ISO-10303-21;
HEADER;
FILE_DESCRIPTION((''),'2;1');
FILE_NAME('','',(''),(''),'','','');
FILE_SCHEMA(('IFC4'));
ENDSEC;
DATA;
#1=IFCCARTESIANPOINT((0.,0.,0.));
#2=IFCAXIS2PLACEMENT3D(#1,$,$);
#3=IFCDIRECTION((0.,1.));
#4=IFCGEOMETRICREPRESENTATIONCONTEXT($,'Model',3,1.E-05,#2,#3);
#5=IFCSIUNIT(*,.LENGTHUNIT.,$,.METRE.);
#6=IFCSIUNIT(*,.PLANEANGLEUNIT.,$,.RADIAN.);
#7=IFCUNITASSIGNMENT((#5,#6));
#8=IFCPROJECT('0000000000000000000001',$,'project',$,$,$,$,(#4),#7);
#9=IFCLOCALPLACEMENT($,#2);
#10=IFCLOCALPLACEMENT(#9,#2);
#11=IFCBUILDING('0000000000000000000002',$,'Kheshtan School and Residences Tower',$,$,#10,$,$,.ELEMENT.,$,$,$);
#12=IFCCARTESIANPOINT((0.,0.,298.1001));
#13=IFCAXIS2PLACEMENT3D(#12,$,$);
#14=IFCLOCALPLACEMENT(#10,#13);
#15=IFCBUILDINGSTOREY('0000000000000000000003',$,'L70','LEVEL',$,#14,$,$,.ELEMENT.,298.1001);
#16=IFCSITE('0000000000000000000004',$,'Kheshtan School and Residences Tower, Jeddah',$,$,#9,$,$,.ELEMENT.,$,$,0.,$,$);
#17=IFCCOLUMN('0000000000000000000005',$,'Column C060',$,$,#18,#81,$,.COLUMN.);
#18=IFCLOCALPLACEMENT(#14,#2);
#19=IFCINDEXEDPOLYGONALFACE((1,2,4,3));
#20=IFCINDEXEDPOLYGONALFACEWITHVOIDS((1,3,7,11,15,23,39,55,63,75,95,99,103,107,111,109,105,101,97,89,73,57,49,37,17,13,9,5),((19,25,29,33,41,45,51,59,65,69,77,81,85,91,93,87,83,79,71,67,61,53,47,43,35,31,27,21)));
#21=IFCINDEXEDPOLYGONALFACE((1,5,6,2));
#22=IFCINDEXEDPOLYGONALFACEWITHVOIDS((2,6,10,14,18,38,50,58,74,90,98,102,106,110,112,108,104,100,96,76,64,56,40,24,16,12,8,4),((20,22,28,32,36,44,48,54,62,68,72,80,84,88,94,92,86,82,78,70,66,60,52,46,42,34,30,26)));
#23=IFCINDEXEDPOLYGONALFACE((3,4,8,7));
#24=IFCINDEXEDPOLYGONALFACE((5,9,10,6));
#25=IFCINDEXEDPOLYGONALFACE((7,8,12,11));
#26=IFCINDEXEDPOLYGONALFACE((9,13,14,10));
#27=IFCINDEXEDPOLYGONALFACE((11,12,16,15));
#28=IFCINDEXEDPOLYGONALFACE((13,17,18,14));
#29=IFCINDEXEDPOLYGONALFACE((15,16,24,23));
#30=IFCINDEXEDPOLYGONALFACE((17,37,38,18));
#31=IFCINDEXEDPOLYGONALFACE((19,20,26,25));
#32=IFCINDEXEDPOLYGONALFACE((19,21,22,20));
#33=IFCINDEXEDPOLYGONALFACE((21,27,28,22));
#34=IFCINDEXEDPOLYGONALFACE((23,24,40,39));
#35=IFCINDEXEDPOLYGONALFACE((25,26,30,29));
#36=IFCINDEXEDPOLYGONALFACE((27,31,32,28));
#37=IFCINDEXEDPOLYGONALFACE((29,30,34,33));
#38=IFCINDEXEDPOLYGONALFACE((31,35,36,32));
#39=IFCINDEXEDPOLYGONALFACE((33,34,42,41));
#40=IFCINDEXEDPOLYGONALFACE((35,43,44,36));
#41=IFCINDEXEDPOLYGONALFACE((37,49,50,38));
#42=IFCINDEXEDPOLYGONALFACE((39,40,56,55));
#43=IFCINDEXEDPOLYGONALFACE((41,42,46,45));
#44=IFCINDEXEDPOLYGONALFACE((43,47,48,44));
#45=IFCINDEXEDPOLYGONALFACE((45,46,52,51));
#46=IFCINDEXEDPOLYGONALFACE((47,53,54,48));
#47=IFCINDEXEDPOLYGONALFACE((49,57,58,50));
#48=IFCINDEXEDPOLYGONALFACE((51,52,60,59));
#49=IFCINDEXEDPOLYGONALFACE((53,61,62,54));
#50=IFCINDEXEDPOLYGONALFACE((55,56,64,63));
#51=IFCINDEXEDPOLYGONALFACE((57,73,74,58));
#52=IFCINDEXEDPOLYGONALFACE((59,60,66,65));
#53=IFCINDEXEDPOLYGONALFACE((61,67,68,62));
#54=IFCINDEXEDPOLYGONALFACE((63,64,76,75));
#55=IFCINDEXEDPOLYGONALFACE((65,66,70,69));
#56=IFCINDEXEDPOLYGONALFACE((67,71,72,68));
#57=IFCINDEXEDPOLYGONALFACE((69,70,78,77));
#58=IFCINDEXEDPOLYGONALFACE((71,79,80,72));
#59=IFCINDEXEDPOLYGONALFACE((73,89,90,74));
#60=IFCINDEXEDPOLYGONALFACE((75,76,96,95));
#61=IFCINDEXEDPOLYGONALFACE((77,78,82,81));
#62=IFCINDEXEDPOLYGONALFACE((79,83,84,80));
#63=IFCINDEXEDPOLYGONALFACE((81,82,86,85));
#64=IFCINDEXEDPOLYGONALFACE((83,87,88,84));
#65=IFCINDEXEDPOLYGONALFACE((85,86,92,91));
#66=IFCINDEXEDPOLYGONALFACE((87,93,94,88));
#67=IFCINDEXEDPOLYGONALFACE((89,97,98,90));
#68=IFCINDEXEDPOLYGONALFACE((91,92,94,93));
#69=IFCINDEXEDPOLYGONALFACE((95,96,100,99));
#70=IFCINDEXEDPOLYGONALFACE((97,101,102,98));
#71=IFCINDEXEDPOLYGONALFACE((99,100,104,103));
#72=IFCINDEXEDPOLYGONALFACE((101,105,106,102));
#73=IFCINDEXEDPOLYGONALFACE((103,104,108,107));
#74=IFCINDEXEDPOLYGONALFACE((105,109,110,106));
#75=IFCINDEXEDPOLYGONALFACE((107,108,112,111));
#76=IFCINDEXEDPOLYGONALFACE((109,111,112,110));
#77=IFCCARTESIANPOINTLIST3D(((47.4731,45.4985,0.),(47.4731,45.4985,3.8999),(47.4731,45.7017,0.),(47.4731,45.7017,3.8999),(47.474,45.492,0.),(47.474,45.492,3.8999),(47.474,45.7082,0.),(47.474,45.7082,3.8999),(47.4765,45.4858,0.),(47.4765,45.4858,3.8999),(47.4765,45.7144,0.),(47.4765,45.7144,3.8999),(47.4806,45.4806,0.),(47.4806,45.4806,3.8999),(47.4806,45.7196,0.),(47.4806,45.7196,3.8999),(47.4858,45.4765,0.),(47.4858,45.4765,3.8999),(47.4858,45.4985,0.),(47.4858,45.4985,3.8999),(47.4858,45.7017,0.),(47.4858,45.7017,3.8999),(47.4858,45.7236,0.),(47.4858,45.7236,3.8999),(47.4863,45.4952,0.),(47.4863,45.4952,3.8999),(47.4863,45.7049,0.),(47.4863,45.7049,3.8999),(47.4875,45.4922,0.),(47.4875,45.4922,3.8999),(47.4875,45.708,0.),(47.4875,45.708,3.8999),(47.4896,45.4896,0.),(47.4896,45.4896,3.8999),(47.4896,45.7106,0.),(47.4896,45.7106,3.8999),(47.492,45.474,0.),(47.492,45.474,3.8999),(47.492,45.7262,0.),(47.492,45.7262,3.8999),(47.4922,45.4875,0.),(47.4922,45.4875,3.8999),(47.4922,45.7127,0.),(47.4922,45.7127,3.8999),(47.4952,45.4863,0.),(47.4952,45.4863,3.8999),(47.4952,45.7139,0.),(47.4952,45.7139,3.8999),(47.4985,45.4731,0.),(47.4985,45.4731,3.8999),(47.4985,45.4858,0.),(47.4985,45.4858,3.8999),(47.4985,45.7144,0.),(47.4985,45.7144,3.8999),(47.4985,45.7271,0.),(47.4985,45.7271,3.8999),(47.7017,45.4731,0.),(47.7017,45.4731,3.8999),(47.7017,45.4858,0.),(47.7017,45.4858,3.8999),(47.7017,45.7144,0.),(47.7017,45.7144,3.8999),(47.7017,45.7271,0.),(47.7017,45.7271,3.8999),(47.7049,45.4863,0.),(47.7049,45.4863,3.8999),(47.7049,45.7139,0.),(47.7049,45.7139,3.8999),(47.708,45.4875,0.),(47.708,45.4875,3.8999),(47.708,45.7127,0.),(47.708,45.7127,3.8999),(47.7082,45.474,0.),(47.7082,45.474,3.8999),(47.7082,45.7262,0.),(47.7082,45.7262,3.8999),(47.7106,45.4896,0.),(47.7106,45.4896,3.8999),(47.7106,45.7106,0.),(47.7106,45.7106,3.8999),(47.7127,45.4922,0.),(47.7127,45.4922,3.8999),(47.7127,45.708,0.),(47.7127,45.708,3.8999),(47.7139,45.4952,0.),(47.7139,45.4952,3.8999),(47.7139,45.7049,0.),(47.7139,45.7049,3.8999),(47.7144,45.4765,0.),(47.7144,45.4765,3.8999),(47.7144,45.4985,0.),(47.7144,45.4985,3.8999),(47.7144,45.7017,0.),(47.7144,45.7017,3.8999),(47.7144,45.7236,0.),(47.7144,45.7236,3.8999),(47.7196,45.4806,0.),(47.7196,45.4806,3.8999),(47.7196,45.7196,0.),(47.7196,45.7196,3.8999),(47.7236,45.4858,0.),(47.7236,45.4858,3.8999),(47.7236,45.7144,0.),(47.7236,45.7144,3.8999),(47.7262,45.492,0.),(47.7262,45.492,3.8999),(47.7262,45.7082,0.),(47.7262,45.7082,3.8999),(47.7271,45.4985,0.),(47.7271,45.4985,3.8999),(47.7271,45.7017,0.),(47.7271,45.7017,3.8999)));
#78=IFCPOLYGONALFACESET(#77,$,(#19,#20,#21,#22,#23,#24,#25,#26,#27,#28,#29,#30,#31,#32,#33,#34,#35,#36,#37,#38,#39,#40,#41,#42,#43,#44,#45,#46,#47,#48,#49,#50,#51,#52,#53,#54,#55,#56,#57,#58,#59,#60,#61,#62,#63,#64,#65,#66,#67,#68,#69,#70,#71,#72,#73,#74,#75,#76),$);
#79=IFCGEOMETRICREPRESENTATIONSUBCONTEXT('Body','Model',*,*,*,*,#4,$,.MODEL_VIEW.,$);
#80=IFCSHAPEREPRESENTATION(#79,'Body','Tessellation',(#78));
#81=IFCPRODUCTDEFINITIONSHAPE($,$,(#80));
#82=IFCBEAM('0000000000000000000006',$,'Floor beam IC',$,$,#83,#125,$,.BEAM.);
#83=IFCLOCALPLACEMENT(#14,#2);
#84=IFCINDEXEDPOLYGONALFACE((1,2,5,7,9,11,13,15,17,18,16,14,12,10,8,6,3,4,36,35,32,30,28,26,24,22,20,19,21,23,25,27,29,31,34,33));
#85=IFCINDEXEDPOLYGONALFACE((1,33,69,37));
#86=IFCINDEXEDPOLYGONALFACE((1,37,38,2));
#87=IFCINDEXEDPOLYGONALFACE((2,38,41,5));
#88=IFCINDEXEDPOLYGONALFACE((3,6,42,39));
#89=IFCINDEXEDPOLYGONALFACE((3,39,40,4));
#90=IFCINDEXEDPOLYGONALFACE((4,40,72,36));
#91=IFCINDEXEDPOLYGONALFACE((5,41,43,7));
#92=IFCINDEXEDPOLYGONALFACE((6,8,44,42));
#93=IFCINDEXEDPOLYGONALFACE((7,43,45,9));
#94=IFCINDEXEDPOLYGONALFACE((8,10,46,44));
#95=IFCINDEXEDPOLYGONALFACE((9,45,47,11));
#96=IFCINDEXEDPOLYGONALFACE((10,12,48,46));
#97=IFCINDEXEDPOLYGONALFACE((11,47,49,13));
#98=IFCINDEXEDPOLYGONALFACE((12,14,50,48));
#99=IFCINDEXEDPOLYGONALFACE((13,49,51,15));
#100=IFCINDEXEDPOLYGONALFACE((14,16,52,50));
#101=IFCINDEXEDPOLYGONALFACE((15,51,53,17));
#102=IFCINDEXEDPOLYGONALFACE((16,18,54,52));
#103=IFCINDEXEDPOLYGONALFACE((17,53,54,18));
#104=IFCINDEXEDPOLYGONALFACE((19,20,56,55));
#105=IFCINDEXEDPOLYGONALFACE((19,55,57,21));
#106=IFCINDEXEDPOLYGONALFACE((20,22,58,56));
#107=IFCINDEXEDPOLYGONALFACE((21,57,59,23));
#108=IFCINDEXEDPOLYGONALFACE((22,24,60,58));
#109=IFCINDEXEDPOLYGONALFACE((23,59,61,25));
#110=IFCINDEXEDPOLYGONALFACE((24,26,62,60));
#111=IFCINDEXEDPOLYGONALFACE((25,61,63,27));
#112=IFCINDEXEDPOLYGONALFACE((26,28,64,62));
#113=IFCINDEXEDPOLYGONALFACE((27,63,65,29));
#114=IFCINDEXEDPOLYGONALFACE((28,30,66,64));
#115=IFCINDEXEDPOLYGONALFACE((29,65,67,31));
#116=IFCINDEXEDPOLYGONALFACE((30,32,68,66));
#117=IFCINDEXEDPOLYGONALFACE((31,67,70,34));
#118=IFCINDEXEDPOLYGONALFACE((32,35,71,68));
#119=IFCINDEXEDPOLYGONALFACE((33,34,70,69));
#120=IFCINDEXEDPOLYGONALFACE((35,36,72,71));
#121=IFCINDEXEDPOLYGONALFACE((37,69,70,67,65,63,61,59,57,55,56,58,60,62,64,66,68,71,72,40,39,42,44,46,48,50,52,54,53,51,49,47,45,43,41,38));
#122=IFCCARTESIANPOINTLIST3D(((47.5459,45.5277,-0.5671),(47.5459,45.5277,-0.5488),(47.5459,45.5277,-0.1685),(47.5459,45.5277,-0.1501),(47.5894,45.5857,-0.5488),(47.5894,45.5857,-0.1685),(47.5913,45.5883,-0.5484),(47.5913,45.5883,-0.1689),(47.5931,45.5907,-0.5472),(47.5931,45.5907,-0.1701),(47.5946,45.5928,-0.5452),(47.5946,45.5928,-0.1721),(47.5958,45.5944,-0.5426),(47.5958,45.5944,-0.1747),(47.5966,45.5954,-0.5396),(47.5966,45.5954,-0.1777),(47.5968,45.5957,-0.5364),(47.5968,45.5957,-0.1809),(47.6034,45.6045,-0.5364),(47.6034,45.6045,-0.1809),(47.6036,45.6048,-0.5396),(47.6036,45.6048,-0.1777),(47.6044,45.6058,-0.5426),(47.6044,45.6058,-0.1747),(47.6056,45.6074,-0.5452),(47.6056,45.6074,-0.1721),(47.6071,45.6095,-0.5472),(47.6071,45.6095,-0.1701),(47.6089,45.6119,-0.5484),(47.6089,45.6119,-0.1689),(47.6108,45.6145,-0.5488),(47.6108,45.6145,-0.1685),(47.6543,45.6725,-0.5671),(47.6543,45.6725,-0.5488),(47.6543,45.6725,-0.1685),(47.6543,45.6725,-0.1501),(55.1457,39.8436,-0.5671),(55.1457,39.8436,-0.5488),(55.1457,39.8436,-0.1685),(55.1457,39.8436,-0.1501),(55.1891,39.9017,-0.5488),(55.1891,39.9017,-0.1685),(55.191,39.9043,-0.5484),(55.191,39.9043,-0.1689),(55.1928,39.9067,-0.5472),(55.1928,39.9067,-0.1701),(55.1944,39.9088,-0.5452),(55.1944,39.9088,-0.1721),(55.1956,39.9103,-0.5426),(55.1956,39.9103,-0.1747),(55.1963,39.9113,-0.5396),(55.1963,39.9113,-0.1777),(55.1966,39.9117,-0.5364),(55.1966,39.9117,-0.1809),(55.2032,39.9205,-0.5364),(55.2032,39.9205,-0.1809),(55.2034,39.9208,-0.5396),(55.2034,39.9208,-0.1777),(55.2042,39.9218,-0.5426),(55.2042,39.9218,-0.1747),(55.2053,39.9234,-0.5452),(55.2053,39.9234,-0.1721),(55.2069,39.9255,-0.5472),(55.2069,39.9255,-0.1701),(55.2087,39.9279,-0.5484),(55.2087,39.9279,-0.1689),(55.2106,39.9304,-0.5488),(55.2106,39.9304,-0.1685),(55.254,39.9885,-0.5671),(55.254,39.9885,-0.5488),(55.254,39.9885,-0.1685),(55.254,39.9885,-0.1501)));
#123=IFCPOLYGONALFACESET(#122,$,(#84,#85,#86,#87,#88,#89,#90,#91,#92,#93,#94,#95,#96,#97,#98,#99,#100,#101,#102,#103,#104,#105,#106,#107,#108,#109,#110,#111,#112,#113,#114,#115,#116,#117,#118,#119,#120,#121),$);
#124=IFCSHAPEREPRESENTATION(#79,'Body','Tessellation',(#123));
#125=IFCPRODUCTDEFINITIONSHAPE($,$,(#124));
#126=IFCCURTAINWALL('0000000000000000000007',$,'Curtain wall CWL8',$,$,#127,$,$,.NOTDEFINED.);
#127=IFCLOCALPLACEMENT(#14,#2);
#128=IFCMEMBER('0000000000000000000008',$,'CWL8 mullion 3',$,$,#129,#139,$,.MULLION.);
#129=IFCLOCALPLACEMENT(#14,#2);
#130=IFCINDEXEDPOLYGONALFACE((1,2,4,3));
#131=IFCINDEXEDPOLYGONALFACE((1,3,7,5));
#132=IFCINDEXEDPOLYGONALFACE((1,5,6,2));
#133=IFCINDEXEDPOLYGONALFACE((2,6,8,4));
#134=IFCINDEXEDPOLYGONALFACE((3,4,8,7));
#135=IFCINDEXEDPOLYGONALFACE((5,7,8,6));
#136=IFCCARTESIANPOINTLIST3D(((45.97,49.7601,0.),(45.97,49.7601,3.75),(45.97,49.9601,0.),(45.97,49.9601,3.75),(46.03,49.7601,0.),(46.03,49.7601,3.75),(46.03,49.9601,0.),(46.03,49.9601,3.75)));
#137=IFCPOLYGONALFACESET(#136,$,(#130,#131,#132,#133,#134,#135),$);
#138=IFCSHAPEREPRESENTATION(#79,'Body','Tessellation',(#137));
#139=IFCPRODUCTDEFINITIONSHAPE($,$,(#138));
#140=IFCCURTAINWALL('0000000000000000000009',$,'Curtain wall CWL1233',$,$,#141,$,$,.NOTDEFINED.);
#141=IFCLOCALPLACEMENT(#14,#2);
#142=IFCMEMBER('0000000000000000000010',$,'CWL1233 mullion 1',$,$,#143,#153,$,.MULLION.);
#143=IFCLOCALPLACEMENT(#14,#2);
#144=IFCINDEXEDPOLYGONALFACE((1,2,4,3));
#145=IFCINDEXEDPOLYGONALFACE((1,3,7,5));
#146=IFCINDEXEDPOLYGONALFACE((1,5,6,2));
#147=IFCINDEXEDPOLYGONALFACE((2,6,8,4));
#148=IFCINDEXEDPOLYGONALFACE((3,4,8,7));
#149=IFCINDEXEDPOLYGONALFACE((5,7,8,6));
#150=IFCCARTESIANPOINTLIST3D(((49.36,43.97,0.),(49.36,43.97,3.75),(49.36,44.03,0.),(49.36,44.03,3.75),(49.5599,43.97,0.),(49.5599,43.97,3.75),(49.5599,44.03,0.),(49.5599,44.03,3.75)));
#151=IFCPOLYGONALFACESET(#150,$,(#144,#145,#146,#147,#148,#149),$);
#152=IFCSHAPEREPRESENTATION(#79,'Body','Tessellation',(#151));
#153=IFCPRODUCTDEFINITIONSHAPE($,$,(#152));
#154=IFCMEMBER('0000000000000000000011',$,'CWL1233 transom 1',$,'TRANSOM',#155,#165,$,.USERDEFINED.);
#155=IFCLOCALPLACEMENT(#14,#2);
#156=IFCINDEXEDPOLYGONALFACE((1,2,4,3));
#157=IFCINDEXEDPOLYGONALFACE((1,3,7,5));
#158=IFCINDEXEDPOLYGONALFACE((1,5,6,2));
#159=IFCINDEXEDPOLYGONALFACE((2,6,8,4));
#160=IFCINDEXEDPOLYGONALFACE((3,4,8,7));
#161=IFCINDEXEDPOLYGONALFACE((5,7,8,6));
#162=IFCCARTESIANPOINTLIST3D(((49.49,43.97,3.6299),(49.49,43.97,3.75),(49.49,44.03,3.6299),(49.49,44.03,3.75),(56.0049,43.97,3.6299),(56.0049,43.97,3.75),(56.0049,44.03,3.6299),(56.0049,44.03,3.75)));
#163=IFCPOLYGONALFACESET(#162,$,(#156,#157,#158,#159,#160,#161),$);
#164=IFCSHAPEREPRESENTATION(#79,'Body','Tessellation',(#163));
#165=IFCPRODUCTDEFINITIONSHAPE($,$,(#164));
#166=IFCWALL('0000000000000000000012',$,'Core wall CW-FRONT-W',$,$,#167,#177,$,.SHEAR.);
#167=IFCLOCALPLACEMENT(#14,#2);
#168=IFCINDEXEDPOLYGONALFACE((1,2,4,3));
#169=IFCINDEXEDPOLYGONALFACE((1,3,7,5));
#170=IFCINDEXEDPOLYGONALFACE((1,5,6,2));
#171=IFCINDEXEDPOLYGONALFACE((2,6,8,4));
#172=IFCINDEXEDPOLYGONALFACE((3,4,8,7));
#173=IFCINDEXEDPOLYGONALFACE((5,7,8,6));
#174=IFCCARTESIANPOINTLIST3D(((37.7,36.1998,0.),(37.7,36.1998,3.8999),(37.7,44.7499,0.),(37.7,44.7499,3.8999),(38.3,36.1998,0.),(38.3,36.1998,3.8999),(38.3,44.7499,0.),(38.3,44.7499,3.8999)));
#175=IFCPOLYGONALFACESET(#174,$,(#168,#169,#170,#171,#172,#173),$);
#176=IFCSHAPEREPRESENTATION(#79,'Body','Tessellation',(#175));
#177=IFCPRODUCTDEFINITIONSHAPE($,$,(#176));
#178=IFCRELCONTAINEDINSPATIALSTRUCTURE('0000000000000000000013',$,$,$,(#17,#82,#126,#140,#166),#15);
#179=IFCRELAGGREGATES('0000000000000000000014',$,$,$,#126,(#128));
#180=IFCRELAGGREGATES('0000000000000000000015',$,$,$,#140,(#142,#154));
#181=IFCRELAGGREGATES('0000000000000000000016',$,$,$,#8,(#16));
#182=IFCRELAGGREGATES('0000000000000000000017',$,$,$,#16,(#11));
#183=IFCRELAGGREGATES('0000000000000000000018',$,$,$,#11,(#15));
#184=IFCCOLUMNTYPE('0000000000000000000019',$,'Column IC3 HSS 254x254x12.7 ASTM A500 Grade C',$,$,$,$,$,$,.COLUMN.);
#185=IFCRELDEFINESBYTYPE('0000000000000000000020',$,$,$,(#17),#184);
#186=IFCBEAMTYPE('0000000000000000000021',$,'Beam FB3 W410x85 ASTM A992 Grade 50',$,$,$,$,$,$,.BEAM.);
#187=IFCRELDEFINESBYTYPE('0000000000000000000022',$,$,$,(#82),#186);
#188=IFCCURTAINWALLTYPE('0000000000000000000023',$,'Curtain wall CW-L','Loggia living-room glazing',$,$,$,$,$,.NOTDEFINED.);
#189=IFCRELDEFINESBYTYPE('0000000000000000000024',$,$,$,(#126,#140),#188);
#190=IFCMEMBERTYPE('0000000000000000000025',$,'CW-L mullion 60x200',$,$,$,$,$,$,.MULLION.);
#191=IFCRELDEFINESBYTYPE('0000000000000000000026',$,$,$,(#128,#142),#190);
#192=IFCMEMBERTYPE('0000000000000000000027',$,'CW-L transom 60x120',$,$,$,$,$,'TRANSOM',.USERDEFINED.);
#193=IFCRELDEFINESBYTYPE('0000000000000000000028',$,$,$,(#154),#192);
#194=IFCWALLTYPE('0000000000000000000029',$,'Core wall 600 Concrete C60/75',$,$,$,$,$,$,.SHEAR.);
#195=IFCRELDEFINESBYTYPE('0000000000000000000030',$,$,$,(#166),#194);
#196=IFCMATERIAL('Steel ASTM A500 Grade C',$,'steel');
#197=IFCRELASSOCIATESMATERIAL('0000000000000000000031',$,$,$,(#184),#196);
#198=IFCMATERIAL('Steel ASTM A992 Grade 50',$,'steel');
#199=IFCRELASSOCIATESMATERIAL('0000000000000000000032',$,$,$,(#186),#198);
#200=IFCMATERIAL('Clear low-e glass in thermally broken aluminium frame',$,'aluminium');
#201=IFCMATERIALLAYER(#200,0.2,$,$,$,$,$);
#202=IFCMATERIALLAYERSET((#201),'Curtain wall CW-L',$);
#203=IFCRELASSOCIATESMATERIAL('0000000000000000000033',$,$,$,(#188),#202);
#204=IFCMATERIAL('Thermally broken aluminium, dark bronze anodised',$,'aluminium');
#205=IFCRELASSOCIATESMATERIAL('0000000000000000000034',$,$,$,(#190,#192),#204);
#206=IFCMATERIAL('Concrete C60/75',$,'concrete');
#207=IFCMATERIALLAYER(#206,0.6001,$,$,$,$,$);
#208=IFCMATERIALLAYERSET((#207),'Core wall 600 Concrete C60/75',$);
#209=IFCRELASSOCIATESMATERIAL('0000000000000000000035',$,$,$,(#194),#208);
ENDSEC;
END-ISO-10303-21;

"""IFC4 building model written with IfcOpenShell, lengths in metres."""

from ifc_helpers import new_model, si_unit, direction, frame, frame_2d, origin, origin_2d, place, context, subcontext, project, spatial, rectangle, hollow_rectangle, i_section, extrude, material, layer, layer_set, material_profile, profile_set, type_object, element, aggregate, save


model = new_model("IFC4")

# Units and contexts
model_context = context("Model", 3, precision=1e-05, world=origin(), true_north=direction((0.0, 1.0)))
body_context = subcontext(model_context, "Body", "Model", "MODEL_VIEW")
ifc_project = project(units=[si_unit("LENGTHUNIT", "METRE"), si_unit("PLANEANGLEUNIT", "RADIAN")], contexts=[model_context])

# Site, building, storey
site_placement = place(None, origin())
site = spatial("IfcSite", under=ifc_project, at=site_placement, Name="Kheshtan School and Residences Tower, Jeddah", CompositionType="ELEMENT", RefElevation=0.0)
building_placement = place(site_placement, origin())
building = spatial("IfcBuilding", under=site, at=building_placement, Name="Kheshtan School and Residences Tower", CompositionType="ELEMENT")
storey_placement = place(building_placement, frame((0.0, 0.0, 298.1001)))
storey = spatial("IfcBuildingStorey", under=building, at=storey_placement, Name="L70", Description="LEVEL", CompositionType="ELEMENT", Elevation=298.1001)

# Column
ifc_material_1 = material(Name="Steel ASTM A500 Grade C", Category="steel")
ifc_material_profile_1 = material_profile(ifc_material_1, hollow_rectangle(XDim=0.2539, YDim=0.2539, WallThickness=0.0127, InnerFilletRadius=0.0127, OuterFilletRadius=0.0254, at=origin_2d()), Name="HSS 254x254x12.7")
ifc_profile_set_1 = profile_set([ifc_material_profile_1], Name="Steel ASTM A500 Grade C")
column_type = type_object("IfcColumnType", Name="Column IC3 HSS 254x254x12.7 ASTM A500 Grade C", PredefinedType="COLUMN", material=ifc_profile_set_1)
column_placement = place(storey_placement, frame((47.6001, 45.6001, 0.0), z_axis=(0.0, 0.0, 1.0), x_axis=(1.0, 0.0, 0.0)))
element("IfcColumn", 1, at=column_placement, inside=storey, type_object=column_type, Name="Column C060", PredefinedType="COLUMN", context=body_context, shape_type="SweptSolid", body=[
    extrude(hollow_rectangle(XDim=0.2539, YDim=0.2539, WallThickness=0.0127, InnerFilletRadius=0.0127, OuterFilletRadius=0.0254, at=origin_2d()), origin(), (0.0, 0.0, 1.0), 3.8999),
])

# Beam
ifc_material_2 = material(Name="Steel ASTM A992 Grade 50", Category="steel")
ifc_material_profile_2 = material_profile(ifc_material_2, i_section(OverallWidth=0.1809, OverallDepth=0.417, WebThickness=0.011, FlangeThickness=0.0183, FilletRadius=0.0125, at=origin_2d()), Name="W410x85")
ifc_profile_set_2 = profile_set([ifc_material_profile_2], Name="Steel ASTM A992 Grade 50")
beam_type = type_object("IfcBeamType", Name="Beam FB3 W410x85 ASTM A992 Grade 50", PredefinedType="BEAM", material=ifc_profile_set_2)
beam_placement = place(storey_placement, frame((47.6001, 45.6001, -0.3586), z_axis=(0.800799, -0.598933, 0.0), x_axis=(0.598933, 0.800799, 0.0)))
element("IfcBeam", 2, at=beam_placement, inside=storey, type_object=beam_type, Name="Floor beam IC", PredefinedType="BEAM", context=body_context, shape_type="SweptSolid", body=[
    extrude(i_section(OverallWidth=0.1809, OverallDepth=0.417, WebThickness=0.011, FlangeThickness=0.0183, FilletRadius=0.0125, at=origin_2d()), origin(), (0.0, 0.0, 1.0), 9.4902),
])

# Curtain wall, member
ifc_material_3 = material(Name="Clear low-e glass in thermally broken aluminium frame", Category="aluminium")
ifc_layer_1 = layer(ifc_material_3, 0.2)
ifc_layer_set_1 = layer_set([ifc_layer_1], Name="Curtain wall CW-L")
curtain_wall_type = type_object("IfcCurtainWallType", Name="Curtain wall CW-L", Description="Loggia living-room glazing", PredefinedType="NOTDEFINED", material=ifc_layer_set_1)
curtain_wall_1_placement = place(storey_placement, origin())
curtain_wall_1 = element("IfcCurtainWall", 3, at=curtain_wall_1_placement, inside=storey, type_object=curtain_wall_type, Name="Curtain wall CWL8", PredefinedType="NOTDEFINED")
ifc_material_4 = material(Name="Thermally broken aluminium, dark bronze anodised", Category="aluminium")
ifc_material_profile_3 = material_profile(ifc_material_4, rectangle(XDim=0.0601, YDim=0.2, at=origin_2d()), Name="CW-L mullion 60x200")
ifc_profile_set_3 = profile_set([ifc_material_profile_3], Name="Thermally broken aluminium, dark bronze anodised")
member_type_1 = type_object("IfcMemberType", Name="CW-L mullion 60x200", PredefinedType="MULLION", material=ifc_profile_set_3)
member_1_placement = place(storey_placement, frame((46.0, 49.8601, 0.0), z_axis=(0.0, 0.0, 1.0), x_axis=(1.0, 0.0, 0.0)))
member_1 = element("IfcMember", 4, at=member_1_placement, type_object=member_type_1, Name="CWL8 mullion 3", PredefinedType="MULLION", context=body_context, shape_type="SweptSolid", body=[
    extrude(rectangle(XDim=0.0601, YDim=0.2, at=origin_2d()), origin(), (0.0, 0.0, 1.0), 3.75),
])
aggregate(curtain_wall_1, [member_1])

# Curtain wall, members
curtain_wall_2_placement = place(storey_placement, origin())
curtain_wall_2 = element("IfcCurtainWall", 5, at=curtain_wall_2_placement, inside=storey, type_object=curtain_wall_type, Name="Curtain wall CWL1233", PredefinedType="NOTDEFINED")
member_2_placement = place(storey_placement, frame((49.46, 44.0, 0.0), z_axis=(0.0, 0.0, 1.0), x_axis=(0.0, 1.0, 0.0)))
member_2 = element("IfcMember", 6, at=member_2_placement, type_object=member_type_1, Name="CWL1233 mullion 1", PredefinedType="MULLION", context=body_context, shape_type="SweptSolid", body=[
    extrude(rectangle(XDim=0.0601, YDim=0.2, at=origin_2d()), origin(), (0.0, 0.0, 1.0), 3.75),
])
ifc_material_profile_4 = material_profile(ifc_material_4, rectangle(XDim=0.0601, YDim=0.1201, at=origin_2d()), Name="CW-L transom 60x120")
ifc_profile_set_4 = profile_set([ifc_material_profile_4], Name="Thermally broken aluminium, dark bronze anodised")
member_type_2 = type_object("IfcMemberType", Name="CW-L transom 60x120", ElementType="TRANSOM", PredefinedType="USERDEFINED", material=ifc_profile_set_4)
member_3_placement = place(storey_placement, frame((49.49, 44.0, 3.6899), z_axis=(1.0, 0.0, 0.0), x_axis=(0.0, 1.0, 0.0)))
member_3 = element("IfcMember", 7, at=member_3_placement, type_object=member_type_2, Name="CWL1233 transom 1", ObjectType="TRANSOM", PredefinedType="USERDEFINED", context=body_context, shape_type="SweptSolid", body=[
    extrude(rectangle(XDim=0.0601, YDim=0.1201, at=origin_2d()), origin(), (0.0, 0.0, 1.0), 6.5149),
])
aggregate(curtain_wall_2, [member_2, member_3])

# Wall
ifc_material_5 = material(Name="Concrete C60/75", Category="concrete")
ifc_layer_2 = layer(ifc_material_5, 0.6001)
ifc_layer_set_2 = layer_set([ifc_layer_2], Name="Core wall 600 Concrete C60/75")
wall_type_1 = type_object("IfcWallType", Name="Core wall 600 Concrete C60/75", PredefinedType="SHEAR", material=ifc_layer_set_2)
wall_1_placement = place(storey_placement, frame((38.0, 36.2, 0.0), z_axis=(0.0, 0.0, 1.0), x_axis=(0.0, 1.0, 0.0)))
element("IfcWall", 8, at=wall_1_placement, inside=storey, type_object=wall_type_1, Name="Core wall CW-FRONT-W", PredefinedType="SHEAR", context=body_context, shape_type="SweptSolid", body=[
    extrude(rectangle(XDim=8.55, YDim=0.6001, at=frame_2d((4.2749, 0.0))), origin(), (0.0, 0.0, 1.0), 3.8999),
])

save(model, "model.ifc")
